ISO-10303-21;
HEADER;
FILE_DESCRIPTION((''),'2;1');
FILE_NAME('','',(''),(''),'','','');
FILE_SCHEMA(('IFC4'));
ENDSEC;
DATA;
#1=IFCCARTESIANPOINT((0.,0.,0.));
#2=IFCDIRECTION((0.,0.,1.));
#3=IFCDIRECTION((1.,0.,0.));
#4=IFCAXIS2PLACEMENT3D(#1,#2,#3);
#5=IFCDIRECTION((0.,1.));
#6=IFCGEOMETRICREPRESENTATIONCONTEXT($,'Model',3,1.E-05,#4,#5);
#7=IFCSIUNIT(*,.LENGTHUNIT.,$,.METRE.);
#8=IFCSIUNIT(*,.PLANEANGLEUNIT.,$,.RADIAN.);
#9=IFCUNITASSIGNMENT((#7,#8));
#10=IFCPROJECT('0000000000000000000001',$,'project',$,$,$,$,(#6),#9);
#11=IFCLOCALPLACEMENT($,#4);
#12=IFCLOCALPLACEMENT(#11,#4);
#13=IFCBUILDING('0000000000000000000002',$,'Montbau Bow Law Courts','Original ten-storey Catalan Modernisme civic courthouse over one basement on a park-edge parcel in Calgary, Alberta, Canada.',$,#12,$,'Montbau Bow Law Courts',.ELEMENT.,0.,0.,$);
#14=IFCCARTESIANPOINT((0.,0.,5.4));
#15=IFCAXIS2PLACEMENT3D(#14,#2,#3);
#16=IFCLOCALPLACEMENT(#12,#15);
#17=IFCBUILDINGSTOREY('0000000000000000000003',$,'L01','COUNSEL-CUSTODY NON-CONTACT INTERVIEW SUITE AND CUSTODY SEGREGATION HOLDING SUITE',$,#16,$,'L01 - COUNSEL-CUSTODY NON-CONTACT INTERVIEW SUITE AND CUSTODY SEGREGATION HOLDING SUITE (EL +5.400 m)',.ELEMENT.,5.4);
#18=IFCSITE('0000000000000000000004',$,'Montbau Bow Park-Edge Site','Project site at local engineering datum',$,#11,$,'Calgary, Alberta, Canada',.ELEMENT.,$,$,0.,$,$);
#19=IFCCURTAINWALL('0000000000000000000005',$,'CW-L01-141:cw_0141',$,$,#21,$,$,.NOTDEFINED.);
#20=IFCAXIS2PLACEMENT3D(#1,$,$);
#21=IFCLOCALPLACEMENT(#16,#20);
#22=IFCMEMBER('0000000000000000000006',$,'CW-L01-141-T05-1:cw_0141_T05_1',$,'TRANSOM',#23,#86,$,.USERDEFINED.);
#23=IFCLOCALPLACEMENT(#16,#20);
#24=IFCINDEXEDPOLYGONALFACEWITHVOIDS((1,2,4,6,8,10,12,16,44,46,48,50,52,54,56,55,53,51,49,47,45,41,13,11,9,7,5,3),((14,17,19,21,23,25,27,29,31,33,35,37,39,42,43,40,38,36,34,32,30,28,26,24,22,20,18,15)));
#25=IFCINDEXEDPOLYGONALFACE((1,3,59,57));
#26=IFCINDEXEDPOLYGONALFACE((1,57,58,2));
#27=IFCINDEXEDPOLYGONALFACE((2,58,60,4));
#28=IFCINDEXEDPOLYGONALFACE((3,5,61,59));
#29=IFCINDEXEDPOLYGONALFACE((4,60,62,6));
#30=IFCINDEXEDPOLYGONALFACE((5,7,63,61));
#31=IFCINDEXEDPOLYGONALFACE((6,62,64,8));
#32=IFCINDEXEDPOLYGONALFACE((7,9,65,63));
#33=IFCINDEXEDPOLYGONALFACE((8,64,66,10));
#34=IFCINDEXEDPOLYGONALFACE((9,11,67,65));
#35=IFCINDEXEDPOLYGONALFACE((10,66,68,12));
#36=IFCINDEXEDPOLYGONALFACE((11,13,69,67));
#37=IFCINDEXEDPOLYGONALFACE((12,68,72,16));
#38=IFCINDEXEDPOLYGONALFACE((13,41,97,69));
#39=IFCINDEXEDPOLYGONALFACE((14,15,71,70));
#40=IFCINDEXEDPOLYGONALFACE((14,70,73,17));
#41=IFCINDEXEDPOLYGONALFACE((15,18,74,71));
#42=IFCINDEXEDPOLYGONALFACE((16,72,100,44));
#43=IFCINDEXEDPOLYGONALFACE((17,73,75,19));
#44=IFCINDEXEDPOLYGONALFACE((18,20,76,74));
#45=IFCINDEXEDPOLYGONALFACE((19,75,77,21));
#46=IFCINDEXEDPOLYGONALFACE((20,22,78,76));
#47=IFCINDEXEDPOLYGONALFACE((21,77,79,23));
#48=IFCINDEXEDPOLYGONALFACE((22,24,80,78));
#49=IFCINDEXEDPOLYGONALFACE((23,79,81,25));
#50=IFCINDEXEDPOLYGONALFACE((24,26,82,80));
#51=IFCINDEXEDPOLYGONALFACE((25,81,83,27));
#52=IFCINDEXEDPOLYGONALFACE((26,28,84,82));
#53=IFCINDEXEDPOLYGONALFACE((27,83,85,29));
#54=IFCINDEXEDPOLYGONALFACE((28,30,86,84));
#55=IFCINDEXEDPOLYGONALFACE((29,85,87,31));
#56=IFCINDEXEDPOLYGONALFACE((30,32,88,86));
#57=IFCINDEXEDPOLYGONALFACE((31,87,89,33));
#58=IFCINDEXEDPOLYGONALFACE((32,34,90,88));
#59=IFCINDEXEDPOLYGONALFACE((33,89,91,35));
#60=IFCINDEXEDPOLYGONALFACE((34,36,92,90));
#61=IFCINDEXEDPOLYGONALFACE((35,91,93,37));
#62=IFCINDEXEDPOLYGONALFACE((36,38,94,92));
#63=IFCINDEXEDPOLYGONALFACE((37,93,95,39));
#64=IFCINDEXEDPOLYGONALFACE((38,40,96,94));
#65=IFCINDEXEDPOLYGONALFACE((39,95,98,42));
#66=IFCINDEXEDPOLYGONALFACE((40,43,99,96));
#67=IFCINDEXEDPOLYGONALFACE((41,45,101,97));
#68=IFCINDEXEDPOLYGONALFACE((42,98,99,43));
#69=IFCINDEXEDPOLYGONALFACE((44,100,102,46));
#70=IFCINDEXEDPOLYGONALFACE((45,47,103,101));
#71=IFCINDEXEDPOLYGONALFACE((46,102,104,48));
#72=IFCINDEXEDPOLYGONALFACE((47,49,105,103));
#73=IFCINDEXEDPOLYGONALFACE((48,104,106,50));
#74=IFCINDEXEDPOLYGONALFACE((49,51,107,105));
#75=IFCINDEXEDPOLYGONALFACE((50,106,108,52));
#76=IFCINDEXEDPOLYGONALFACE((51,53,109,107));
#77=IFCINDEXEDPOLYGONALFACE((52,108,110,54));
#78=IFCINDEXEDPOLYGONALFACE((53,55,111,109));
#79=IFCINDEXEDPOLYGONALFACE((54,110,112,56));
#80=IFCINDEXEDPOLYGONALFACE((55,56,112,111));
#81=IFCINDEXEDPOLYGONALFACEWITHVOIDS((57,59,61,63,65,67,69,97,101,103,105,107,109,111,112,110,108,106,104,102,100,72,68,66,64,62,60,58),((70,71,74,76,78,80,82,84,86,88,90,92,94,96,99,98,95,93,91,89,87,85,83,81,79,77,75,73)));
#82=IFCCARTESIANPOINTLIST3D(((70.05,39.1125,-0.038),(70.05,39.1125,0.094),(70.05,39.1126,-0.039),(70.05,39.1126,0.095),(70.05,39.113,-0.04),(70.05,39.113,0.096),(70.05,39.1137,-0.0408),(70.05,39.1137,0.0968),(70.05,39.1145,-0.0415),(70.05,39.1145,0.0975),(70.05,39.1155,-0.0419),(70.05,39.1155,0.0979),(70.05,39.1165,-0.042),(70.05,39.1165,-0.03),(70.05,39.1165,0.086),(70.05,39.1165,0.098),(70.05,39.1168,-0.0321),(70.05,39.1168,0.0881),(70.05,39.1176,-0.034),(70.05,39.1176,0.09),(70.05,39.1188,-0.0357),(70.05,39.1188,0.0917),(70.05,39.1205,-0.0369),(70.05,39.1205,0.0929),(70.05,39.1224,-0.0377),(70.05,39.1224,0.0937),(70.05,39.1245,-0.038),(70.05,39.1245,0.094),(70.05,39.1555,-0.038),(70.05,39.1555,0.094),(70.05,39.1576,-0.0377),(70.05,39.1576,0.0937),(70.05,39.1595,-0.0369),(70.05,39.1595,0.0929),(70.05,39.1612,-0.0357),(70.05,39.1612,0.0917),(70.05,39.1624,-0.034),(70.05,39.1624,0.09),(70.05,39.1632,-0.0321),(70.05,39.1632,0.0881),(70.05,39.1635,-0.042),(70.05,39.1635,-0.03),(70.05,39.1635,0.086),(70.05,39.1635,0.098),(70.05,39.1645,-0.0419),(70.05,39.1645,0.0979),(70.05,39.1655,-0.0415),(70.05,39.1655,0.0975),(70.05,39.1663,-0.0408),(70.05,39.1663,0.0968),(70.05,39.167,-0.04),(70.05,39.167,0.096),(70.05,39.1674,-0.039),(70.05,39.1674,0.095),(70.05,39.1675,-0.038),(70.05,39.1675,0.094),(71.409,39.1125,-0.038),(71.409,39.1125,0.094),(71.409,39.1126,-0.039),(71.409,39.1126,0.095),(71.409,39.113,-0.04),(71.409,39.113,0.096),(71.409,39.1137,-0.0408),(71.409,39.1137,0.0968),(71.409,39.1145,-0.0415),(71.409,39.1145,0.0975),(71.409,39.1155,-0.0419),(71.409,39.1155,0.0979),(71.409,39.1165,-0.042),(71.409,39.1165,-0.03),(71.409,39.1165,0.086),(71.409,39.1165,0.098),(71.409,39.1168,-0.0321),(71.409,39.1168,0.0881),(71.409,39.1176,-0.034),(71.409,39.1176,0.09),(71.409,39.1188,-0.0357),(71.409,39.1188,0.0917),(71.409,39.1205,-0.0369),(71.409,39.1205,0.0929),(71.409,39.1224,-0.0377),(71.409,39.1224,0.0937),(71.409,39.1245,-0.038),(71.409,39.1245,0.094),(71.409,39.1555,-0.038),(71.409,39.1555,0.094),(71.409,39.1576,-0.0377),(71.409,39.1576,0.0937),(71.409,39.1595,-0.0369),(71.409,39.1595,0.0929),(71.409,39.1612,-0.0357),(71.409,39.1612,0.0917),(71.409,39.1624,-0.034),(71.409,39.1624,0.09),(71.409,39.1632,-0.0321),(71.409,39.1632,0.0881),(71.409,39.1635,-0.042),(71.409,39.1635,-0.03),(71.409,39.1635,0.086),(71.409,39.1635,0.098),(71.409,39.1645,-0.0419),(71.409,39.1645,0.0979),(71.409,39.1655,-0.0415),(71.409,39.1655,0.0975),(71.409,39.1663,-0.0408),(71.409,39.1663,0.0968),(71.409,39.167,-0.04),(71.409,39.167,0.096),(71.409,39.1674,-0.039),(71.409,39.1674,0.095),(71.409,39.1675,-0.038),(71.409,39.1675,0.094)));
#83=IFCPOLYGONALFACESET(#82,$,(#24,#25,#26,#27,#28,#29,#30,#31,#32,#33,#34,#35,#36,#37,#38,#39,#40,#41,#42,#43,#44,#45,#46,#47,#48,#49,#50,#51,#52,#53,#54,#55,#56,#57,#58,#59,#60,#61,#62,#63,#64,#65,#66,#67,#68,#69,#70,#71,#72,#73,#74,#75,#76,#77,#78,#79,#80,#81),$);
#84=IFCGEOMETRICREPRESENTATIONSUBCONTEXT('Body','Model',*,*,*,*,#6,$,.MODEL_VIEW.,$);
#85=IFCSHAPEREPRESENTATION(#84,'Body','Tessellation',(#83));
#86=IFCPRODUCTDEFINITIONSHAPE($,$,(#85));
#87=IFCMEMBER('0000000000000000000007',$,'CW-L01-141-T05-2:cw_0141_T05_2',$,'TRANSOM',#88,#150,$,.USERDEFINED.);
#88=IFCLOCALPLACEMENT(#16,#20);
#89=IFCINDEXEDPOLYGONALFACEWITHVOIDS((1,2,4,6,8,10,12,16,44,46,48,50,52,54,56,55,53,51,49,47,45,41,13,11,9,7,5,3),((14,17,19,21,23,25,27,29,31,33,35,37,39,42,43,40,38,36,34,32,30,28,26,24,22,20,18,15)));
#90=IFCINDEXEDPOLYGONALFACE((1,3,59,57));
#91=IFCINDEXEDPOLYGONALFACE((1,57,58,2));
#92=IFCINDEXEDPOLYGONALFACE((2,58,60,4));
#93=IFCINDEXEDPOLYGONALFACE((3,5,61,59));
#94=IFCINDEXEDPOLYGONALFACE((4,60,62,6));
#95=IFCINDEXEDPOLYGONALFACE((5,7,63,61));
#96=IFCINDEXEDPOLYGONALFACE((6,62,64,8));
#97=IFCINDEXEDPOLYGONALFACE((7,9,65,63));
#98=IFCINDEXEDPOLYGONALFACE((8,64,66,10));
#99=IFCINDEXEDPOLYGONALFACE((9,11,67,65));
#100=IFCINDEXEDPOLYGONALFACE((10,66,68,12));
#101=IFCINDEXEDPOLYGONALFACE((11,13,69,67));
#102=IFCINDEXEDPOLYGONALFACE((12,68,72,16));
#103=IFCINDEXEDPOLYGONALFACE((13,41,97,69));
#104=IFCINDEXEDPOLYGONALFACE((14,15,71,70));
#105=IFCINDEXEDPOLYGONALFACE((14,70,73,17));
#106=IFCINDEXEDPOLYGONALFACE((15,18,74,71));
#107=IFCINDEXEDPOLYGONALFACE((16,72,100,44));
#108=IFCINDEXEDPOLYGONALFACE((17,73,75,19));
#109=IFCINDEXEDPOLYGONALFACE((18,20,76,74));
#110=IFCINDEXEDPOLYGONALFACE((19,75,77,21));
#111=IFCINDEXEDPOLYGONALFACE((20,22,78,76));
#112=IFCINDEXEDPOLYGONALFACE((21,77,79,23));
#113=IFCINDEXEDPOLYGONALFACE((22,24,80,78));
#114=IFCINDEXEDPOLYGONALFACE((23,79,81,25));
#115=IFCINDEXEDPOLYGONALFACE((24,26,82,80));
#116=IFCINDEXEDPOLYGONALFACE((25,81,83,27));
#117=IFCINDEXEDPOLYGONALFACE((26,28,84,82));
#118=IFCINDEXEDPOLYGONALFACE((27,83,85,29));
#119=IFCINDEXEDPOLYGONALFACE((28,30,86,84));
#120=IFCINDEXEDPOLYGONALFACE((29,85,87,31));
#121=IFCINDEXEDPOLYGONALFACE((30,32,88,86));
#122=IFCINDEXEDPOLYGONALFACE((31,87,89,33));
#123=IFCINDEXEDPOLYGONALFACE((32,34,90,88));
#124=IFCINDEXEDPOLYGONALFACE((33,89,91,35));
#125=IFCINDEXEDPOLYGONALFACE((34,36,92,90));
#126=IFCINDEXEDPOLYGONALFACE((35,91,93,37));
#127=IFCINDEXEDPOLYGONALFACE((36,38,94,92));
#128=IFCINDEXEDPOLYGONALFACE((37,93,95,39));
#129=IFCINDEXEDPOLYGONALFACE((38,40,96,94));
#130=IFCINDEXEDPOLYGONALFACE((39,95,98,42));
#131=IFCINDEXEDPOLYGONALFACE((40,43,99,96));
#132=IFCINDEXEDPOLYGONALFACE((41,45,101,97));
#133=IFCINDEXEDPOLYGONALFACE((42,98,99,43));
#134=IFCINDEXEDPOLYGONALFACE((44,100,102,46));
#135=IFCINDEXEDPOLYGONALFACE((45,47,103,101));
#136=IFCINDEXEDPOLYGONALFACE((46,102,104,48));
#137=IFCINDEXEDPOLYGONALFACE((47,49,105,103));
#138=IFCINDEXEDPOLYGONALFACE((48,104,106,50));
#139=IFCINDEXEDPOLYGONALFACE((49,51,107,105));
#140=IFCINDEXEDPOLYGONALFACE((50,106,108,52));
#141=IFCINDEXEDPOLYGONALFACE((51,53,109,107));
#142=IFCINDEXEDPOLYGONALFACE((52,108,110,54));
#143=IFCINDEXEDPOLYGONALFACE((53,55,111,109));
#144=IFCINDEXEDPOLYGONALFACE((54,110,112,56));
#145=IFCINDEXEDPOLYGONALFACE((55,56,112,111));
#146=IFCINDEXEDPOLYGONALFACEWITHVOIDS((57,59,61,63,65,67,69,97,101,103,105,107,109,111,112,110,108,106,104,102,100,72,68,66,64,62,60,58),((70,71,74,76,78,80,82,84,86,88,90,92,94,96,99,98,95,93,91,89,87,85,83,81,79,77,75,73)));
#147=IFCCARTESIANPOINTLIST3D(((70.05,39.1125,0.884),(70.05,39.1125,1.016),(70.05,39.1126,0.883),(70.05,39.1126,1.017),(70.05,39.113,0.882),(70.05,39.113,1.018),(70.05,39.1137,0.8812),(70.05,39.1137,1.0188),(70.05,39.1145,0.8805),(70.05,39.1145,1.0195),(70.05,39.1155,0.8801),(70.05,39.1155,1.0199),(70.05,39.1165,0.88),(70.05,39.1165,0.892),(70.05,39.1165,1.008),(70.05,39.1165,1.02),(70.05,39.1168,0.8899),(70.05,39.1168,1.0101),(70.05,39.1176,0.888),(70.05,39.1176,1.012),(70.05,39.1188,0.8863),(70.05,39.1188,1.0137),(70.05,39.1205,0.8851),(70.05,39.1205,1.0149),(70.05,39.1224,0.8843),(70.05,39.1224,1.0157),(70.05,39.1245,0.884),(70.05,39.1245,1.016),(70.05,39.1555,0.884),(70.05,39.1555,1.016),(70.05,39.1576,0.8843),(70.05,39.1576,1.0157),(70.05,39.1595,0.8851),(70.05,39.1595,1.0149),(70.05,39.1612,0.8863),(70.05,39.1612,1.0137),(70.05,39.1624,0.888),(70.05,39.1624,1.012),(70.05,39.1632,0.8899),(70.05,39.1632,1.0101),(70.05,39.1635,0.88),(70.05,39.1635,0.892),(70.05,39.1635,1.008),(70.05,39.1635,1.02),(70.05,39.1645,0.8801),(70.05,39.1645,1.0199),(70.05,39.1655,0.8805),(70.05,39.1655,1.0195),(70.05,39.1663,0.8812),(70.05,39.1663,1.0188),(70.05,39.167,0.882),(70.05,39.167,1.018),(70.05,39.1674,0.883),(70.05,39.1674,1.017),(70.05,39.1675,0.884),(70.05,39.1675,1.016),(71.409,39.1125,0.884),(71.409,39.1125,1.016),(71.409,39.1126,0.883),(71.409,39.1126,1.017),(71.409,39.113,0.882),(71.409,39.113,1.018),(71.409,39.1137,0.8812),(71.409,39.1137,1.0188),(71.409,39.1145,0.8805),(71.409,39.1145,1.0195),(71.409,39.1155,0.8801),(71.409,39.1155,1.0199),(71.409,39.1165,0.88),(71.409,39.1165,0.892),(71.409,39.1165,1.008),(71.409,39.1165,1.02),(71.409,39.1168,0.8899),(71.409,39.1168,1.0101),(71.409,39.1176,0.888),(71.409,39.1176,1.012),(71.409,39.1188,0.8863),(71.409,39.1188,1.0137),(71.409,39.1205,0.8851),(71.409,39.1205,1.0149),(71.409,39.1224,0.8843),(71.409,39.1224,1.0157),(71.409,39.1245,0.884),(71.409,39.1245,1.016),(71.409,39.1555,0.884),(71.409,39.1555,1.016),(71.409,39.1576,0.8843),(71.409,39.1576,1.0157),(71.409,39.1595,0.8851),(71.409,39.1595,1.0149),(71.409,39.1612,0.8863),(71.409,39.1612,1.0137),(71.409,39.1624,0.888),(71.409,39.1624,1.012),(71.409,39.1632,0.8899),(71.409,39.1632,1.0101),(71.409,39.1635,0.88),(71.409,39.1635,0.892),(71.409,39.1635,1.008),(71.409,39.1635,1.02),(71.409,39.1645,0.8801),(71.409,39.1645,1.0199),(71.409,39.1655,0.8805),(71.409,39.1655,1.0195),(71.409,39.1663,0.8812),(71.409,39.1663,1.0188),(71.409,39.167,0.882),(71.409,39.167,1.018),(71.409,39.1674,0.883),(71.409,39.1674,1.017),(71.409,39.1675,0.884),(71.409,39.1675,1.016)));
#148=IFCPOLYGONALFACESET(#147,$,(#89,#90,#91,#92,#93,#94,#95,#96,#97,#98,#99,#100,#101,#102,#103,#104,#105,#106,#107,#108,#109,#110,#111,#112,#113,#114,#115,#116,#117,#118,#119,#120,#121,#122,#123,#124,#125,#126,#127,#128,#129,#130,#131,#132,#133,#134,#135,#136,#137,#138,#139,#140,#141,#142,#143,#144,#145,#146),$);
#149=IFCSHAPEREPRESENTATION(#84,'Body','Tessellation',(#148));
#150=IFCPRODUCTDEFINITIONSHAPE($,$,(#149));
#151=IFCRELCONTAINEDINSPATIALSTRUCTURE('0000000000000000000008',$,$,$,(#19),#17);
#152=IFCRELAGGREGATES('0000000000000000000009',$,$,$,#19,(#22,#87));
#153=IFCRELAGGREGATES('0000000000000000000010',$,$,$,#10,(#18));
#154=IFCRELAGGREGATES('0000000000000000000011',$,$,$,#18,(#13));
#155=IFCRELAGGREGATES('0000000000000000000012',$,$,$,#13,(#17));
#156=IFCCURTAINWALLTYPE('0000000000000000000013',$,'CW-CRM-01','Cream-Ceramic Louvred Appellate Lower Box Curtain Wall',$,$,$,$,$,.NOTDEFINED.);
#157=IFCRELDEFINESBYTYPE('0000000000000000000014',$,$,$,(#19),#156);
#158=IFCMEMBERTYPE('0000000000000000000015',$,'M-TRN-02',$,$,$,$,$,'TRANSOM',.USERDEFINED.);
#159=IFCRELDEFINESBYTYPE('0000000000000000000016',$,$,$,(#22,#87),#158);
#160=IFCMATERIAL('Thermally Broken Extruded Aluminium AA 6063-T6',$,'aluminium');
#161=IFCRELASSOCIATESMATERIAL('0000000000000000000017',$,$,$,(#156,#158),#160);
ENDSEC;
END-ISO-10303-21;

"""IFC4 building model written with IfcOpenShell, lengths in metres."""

from ifc_helpers import new_model, si_unit, direction, frame, origin_with_axes, origin_2d_with_axis, place, context, subcontext, project, spatial, hollow_rectangle, extrude, material, material_profile, profile_set, type_object, element, aggregate, save


model = new_model("IFC4")

# Units and contexts
model_context = context("Model", 3, precision=1e-05, world=origin_with_axes(), true_north=direction((0.0, 1.0)))
body_context = subcontext(model_context, "Body", "Model", "MODEL_VIEW")
ifc_project = project(units=[si_unit("LENGTHUNIT", "METRE"), si_unit("PLANEANGLEUNIT", "RADIAN")], contexts=[model_context])

# Site, building, storey
site_placement = place(None, origin_with_axes())
site = spatial("IfcSite", under=ifc_project, at=site_placement, Name="Montbau Bow Park-Edge Site", Description="Project site at local engineering datum", LongName="Calgary, Alberta, Canada", CompositionType="ELEMENT", RefElevation=0.0)
building_placement = place(site_placement, origin_with_axes())
building = spatial("IfcBuilding", under=site, at=building_placement, Name="Montbau Bow Law Courts", Description="Original ten-storey Catalan Modernisme civic courthouse over one basement on a park-edge parcel in Calgary, Alberta, Canada.", LongName="Montbau Bow Law Courts", CompositionType="ELEMENT", ElevationOfRefHeight=0.0, ElevationOfTerrain=0.0)
storey_placement = place(building_placement, frame((0.0, 0.0, 5.4), z_axis=(0.0, 0.0, 1.0), x_axis=(1.0, 0.0, 0.0)))
storey = spatial("IfcBuildingStorey", under=building, at=storey_placement, Name="L01", Description="COUNSEL-CUSTODY NON-CONTACT INTERVIEW SUITE AND CUSTODY SEGREGATION HOLDING SUITE", LongName="L01 - COUNSEL-CUSTODY NON-CONTACT INTERVIEW SUITE AND CUSTODY SEGREGATION HOLDING SUITE (EL +5.400 m)", CompositionType="ELEMENT", Elevation=5.4)

# Curtain wall
ifc_material_1 = material(Name="Thermally Broken Extruded Aluminium AA 6063-T6", Category="aluminium")
curtain_wall_type = type_object("IfcCurtainWallType", Name="CW-CRM-01", Description="Cream-Ceramic Louvred Appellate Lower Box Curtain Wall", PredefinedType="NOTDEFINED", material=ifc_material_1)
curtain_wall_1_placement = place(None, frame((64.115, 39.14, 5.4), z_axis=(0.0, 0.0, 1.0), x_axis=(1.0, 0.0, 0.0)))
curtain_wall_1 = element("IfcCurtainWall", 1, at=curtain_wall_1_placement, inside=storey, type_object=curtain_wall_type, Name="CW-L01-141:cw_0141", PredefinedType="NOTDEFINED")

# Members
ifc_material_profile_1 = material_profile(ifc_material_1, hollow_rectangle(XDim=0.055, YDim=0.14, WallThickness=0.004, InnerFilletRadius=0.008, OuterFilletRadius=0.004, at=origin_2d_with_axis()), Name="CWT-140X55", Category="Main", Priority=0)
ifc_profile_set_1 = profile_set([ifc_material_profile_1], Name="Thermally Broken Extruded Aluminium AA 6063-T6")
member_type_1 = type_object("IfcMemberType", Name="M-TRN-02", ElementType="TRANSOM", PredefinedType="USERDEFINED", material=ifc_profile_set_1)
member_1_placement = place(None, frame((70.05, 39.14, 5.428), z_axis=(1.0, 0.0, 0.0), x_axis=(0.0, 1.0, 0.0)))
member_1 = element("IfcMember", 2, at=member_1_placement, type_object=member_type_1, Name="CW-L01-141-T05-1:cw_0141_T05_1", ObjectType="TRANSOM", PredefinedType="USERDEFINED", context=body_context, shape_type="SweptSolid", body=[
    extrude(hollow_rectangle(XDim=0.055, YDim=0.14, WallThickness=0.004, InnerFilletRadius=0.008, OuterFilletRadius=0.004, at=origin_2d_with_axis()), origin_with_axes(), (0.0, 0.0, 1.0), 1.359),
])
member_2_placement = place(None, frame((70.05, 39.14, 6.35), z_axis=(1.0, 0.0, 0.0), x_axis=(0.0, 1.0, 0.0)))
member_2 = element("IfcMember", 3, at=member_2_placement, type_object=member_type_1, Name="CW-L01-141-T05-2:cw_0141_T05_2", ObjectType="TRANSOM", PredefinedType="USERDEFINED", context=body_context, shape_type="SweptSolid", body=[
    extrude(hollow_rectangle(XDim=0.055, YDim=0.14, WallThickness=0.004, InnerFilletRadius=0.008, OuterFilletRadius=0.004, at=origin_2d_with_axis()), origin_with_axes(), (0.0, 0.0, 1.0), 1.359),
])

aggregate(curtain_wall_1, [member_1, member_2])

save(model, "model.ifc")
